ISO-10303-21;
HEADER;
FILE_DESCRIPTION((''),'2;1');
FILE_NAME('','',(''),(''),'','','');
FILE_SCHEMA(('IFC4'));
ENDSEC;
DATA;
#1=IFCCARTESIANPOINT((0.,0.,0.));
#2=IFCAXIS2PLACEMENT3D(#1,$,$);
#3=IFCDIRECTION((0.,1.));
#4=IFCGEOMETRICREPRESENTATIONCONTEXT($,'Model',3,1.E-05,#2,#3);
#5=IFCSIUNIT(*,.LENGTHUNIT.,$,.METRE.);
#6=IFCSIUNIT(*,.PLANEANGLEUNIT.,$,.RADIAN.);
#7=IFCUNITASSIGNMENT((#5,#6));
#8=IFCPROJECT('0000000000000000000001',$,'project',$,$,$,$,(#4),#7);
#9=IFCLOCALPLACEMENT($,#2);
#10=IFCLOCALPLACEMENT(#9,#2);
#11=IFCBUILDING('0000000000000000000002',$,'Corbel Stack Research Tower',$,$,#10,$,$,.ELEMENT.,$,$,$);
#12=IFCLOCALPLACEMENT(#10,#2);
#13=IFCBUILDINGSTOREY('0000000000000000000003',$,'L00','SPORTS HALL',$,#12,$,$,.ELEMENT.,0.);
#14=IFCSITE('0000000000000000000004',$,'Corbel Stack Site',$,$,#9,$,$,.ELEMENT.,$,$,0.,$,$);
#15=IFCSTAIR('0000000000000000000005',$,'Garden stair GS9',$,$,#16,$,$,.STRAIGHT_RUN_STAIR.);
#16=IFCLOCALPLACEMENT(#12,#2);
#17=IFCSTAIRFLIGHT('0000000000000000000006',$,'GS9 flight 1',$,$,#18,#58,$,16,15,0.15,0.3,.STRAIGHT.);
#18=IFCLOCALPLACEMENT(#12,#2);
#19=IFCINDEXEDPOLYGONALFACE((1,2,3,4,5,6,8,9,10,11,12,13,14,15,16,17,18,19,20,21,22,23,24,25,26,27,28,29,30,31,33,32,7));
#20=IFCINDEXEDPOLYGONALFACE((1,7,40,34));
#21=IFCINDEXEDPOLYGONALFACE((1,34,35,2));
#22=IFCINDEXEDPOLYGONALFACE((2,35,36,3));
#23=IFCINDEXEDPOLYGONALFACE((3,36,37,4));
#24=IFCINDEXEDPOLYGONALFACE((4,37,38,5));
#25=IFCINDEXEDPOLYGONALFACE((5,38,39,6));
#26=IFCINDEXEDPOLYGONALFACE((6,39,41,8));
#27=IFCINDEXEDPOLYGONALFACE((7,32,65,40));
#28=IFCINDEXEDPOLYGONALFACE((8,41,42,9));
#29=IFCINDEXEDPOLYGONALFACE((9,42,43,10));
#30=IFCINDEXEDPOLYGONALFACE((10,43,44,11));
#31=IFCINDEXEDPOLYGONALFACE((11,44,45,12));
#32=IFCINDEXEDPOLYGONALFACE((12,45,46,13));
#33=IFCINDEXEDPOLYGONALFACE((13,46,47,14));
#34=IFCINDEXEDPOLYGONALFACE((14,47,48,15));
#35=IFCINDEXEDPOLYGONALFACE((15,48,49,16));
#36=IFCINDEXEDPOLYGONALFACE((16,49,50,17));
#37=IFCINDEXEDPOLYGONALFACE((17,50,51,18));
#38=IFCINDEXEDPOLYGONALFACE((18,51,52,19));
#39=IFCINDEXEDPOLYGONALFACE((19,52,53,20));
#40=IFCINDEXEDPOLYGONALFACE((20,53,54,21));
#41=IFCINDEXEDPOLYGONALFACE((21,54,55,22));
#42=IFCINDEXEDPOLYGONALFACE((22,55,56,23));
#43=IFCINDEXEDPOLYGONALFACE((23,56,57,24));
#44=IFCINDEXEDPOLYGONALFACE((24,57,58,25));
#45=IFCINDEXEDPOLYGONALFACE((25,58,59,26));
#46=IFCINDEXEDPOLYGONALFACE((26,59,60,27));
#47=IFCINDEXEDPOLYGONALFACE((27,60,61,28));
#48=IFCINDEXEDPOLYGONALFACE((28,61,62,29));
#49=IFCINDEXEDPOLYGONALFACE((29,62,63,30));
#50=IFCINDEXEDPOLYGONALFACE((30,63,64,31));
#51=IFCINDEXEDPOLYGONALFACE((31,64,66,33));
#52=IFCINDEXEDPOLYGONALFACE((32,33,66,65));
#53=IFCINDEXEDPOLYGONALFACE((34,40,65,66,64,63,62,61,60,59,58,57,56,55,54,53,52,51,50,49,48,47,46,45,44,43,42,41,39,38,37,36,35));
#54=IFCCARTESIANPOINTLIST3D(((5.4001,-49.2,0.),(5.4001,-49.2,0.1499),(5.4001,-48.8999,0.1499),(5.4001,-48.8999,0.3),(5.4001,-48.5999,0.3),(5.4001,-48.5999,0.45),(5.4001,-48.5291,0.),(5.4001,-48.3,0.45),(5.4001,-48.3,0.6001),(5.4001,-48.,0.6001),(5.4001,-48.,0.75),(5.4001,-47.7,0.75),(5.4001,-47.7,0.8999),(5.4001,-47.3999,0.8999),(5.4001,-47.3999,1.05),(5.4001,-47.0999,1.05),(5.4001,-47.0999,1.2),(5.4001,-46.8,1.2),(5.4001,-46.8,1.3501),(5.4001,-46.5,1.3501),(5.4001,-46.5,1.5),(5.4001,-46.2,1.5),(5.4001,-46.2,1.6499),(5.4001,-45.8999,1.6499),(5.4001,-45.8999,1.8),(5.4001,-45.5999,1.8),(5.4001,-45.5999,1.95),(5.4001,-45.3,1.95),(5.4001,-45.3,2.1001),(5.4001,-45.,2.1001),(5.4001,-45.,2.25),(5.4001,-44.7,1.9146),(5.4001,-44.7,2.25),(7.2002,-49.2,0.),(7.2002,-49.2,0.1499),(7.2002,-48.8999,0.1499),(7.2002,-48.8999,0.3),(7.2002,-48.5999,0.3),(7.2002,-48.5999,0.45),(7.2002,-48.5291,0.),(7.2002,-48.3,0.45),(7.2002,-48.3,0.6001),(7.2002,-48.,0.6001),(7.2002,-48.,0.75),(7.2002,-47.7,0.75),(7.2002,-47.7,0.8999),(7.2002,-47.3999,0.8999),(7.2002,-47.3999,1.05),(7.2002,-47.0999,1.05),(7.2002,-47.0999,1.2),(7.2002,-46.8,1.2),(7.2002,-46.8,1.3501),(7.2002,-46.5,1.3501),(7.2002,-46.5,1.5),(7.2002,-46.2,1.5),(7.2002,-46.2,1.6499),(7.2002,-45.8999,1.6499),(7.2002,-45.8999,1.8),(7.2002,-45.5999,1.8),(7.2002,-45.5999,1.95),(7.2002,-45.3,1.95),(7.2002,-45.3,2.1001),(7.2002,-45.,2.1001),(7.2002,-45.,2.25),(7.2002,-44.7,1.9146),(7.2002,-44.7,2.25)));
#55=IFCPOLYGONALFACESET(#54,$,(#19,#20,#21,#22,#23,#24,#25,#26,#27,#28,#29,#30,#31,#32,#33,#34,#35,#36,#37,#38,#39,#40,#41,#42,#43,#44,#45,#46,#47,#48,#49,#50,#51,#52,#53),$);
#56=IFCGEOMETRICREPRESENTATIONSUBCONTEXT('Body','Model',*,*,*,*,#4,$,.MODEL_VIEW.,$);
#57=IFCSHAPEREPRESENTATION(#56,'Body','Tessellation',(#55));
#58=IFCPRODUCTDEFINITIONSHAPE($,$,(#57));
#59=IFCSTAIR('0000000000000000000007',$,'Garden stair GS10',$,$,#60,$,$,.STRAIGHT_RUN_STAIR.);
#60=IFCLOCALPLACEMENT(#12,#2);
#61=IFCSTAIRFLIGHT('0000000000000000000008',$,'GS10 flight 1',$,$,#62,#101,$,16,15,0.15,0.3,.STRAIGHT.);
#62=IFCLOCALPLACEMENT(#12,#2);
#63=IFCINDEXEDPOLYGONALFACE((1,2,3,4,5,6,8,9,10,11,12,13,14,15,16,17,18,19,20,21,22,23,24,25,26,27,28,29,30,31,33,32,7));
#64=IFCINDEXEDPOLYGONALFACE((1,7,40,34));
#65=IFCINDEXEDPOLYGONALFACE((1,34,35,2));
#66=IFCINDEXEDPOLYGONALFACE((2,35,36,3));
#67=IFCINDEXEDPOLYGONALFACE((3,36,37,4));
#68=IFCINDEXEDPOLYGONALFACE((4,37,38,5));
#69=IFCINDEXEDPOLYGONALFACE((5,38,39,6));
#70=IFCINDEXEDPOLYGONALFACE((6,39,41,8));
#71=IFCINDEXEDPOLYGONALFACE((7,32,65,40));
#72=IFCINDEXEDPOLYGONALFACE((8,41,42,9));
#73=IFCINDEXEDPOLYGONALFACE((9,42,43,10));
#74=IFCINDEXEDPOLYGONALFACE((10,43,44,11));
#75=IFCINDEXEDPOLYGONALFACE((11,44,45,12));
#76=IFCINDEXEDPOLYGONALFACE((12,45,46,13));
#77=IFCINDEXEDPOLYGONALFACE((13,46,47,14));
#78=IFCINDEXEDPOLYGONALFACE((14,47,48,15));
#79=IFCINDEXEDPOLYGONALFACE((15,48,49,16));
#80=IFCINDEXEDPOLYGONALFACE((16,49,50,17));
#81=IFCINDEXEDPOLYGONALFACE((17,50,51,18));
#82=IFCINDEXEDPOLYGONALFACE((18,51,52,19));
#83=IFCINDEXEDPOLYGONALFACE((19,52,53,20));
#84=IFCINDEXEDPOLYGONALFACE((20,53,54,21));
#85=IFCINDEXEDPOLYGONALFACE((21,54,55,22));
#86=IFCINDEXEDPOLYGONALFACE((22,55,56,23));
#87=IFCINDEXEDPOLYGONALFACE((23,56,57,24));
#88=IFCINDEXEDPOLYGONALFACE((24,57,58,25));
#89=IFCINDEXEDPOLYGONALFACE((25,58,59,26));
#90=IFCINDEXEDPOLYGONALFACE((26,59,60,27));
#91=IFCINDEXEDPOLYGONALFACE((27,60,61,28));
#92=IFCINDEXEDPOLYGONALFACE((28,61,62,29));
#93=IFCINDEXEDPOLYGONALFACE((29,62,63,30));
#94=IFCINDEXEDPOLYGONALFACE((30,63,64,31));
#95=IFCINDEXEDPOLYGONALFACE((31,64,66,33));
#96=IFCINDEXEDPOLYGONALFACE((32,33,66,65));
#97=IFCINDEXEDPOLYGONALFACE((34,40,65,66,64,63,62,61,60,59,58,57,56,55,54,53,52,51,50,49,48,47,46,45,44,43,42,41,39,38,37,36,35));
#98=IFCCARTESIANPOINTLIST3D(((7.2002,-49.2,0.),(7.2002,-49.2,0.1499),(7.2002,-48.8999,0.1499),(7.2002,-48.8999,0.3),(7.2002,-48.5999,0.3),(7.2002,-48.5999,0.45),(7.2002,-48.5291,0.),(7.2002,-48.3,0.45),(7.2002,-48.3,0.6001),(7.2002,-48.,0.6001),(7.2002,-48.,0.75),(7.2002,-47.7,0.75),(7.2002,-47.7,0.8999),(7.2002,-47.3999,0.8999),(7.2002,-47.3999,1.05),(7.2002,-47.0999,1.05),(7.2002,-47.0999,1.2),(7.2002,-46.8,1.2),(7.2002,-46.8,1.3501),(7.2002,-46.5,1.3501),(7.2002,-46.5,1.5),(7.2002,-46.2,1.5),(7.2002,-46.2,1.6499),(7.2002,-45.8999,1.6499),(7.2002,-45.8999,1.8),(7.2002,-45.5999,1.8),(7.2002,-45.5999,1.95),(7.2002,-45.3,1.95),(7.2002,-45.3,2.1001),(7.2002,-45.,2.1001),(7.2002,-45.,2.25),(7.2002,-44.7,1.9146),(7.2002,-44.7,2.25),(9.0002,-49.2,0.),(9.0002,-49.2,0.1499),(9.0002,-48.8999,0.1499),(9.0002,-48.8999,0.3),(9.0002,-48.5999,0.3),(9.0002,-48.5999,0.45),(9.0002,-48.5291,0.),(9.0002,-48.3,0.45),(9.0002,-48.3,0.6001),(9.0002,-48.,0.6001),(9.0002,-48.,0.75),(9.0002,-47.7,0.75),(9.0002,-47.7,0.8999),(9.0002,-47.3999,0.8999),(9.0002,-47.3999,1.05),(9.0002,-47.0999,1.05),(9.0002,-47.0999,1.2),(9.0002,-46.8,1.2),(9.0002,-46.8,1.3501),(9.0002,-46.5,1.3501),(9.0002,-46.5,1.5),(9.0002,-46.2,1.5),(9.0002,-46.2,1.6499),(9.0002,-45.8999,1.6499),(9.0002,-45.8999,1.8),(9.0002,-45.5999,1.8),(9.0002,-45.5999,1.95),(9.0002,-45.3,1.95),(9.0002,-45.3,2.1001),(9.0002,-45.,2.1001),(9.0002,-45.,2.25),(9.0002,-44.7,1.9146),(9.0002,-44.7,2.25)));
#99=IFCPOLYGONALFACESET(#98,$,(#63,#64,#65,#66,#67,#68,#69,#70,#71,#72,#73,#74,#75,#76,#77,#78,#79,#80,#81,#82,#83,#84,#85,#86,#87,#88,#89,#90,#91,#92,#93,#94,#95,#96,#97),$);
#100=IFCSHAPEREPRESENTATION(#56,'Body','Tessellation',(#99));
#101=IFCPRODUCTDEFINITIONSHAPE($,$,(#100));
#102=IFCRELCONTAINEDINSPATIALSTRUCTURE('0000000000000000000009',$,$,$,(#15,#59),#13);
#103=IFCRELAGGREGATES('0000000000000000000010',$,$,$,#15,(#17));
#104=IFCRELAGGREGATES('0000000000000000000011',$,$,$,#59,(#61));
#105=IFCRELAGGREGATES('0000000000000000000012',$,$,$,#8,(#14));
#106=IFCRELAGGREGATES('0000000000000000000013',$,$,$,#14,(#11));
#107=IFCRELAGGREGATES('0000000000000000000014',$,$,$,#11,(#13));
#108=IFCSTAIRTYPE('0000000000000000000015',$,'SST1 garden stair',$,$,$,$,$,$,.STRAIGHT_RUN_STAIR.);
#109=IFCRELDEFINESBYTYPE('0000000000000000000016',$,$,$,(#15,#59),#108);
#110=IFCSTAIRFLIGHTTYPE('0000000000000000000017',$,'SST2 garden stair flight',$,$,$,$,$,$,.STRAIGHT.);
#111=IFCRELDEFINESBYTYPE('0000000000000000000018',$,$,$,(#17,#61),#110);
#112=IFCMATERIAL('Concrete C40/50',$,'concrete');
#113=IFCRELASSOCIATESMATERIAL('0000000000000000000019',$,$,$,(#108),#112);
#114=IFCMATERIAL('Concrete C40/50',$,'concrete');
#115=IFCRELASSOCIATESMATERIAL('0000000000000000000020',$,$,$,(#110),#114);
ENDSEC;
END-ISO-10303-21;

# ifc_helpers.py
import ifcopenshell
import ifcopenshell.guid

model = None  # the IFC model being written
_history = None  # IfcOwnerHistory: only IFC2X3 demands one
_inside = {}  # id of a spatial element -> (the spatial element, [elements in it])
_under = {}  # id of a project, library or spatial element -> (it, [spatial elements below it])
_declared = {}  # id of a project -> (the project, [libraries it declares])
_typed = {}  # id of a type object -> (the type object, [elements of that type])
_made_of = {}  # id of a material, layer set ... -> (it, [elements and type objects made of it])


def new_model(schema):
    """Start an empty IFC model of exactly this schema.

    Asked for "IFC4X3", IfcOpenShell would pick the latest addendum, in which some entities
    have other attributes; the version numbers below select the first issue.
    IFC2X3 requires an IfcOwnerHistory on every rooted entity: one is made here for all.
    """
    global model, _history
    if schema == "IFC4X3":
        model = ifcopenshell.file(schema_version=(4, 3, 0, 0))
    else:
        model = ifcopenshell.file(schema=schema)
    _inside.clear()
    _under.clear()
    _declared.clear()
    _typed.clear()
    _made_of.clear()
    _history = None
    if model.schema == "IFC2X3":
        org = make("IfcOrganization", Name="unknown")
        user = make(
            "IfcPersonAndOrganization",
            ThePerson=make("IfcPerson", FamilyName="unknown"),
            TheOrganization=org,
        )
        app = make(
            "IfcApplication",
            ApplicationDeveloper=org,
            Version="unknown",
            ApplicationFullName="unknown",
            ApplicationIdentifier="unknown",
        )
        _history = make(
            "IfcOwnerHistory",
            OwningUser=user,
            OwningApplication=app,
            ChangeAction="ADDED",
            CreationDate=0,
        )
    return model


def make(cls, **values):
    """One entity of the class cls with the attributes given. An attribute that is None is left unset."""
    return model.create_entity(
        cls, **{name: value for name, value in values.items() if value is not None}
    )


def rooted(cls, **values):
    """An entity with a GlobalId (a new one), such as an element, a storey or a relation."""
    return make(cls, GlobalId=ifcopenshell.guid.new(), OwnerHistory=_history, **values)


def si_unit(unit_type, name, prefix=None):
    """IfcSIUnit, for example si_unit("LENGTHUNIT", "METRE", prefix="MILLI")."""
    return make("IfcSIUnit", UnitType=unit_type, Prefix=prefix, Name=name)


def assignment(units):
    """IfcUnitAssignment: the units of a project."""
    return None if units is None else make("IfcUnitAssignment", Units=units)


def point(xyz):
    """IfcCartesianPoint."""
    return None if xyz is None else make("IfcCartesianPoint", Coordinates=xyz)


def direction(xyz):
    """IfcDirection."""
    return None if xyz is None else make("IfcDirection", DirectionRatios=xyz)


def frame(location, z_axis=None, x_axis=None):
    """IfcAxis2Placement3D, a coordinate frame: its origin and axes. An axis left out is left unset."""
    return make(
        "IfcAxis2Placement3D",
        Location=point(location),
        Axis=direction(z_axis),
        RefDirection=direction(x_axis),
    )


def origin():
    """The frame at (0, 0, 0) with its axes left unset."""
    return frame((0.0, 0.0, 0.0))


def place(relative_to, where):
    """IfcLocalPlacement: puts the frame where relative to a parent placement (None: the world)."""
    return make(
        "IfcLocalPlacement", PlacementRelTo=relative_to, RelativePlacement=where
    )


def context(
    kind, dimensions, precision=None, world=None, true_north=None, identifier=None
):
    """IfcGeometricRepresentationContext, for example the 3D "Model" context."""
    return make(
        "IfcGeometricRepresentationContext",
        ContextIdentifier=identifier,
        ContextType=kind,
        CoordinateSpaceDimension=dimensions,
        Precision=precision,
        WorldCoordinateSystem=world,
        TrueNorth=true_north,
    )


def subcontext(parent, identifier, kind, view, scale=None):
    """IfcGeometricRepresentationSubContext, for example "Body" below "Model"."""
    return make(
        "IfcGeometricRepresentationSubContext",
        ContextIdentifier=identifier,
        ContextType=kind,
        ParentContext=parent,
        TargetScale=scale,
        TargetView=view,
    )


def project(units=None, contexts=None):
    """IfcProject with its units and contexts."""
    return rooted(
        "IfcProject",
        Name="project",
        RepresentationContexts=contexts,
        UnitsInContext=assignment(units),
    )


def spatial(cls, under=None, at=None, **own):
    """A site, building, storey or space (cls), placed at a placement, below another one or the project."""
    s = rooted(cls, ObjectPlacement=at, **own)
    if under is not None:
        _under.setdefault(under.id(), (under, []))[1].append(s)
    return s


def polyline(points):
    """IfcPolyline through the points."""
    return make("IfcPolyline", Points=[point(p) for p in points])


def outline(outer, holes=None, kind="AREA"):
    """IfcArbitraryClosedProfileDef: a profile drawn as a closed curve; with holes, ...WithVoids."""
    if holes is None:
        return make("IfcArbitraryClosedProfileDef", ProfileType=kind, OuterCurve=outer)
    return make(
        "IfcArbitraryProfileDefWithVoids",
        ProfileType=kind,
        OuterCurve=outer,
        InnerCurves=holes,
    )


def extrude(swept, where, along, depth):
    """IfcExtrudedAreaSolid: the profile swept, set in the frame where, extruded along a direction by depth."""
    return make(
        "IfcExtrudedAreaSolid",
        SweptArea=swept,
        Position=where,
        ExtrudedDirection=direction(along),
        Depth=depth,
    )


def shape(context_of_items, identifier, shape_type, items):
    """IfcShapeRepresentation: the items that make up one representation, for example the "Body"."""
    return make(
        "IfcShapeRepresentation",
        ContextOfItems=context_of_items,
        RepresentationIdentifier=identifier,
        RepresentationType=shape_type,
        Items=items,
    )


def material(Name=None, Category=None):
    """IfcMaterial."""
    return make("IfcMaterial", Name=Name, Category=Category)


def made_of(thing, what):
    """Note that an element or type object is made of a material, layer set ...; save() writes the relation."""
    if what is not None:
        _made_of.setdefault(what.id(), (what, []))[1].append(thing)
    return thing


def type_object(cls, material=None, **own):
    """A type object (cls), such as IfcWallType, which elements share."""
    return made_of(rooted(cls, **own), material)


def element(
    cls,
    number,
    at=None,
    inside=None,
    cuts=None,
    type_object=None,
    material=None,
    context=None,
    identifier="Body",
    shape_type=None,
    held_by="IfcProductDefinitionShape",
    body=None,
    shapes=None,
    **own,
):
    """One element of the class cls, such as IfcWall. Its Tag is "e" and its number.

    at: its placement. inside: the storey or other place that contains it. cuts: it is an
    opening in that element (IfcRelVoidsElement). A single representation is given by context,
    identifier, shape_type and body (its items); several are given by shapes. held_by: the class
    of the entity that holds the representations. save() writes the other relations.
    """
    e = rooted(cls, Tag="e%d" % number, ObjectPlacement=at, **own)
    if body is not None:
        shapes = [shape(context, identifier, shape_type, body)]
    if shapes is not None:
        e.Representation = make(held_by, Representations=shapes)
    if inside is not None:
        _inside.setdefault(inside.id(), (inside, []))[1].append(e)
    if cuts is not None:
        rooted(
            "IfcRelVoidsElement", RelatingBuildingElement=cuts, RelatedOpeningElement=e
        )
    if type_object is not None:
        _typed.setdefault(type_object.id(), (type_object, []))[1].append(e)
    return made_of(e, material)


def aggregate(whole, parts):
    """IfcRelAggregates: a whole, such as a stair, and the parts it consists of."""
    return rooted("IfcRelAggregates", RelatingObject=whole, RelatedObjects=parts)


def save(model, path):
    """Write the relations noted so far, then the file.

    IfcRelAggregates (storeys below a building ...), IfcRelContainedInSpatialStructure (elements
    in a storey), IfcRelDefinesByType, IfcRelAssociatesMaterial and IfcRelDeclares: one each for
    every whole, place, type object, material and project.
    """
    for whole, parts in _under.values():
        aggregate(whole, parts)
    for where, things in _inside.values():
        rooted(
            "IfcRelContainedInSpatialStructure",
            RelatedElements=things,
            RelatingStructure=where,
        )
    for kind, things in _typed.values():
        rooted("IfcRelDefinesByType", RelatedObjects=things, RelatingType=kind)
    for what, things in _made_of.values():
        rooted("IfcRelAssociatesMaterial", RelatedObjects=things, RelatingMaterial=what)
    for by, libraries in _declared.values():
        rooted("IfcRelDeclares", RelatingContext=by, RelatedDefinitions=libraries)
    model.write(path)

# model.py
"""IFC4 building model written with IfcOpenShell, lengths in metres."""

from ifc_helpers import new_model, si_unit, direction, frame, origin, place, context, subcontext, project, spatial, polyline, outline, extrude, material, type_object, element, aggregate, save


model = new_model("IFC4")

# Units and contexts
model_context = context("Model", 3, precision=1e-05, world=origin(), true_north=direction((0.0, 1.0)))
body_context = subcontext(model_context, "Body", "Model", "MODEL_VIEW")
ifc_project = project(units=[si_unit("LENGTHUNIT", "METRE"), si_unit("PLANEANGLEUNIT", "RADIAN")], contexts=[model_context])

# Site, building, storey
site_placement = place(None, origin())
site = spatial("IfcSite", under=ifc_project, at=site_placement, Name="Corbel Stack Site", CompositionType="ELEMENT", RefElevation=0.0)
building_placement = place(site_placement, origin())
building = spatial("IfcBuilding", under=site, at=building_placement, Name="Corbel Stack Research Tower", CompositionType="ELEMENT")
storey_placement = place(building_placement, origin())
storey = spatial("IfcBuildingStorey", under=building, at=storey_placement, Name="L00", Description="SPORTS HALL", CompositionType="ELEMENT", Elevation=0.0)

# Shared definitions
ifc_material_1 = material(Name="Concrete C40/50", Category="concrete")
stair_type = type_object("IfcStairType", Name="SST1 garden stair", PredefinedType="STRAIGHT_RUN_STAIR", material=ifc_material_1)
ifc_material_2 = material(Name="Concrete C40/50", Category="concrete")
stair_flight_type = type_object("IfcStairFlightType", Name="SST2 garden stair flight", PredefinedType="STRAIGHT", material=ifc_material_2)

# Stairs, stair flights
stair_1_placement = place(storey_placement, origin())
stair_1 = element("IfcStair", 1, at=stair_1_placement, inside=storey, type_object=stair_type, Name="Garden stair GS9", PredefinedType="STRAIGHT_RUN_STAIR")
stair_flight_1_placement = place(storey_placement, frame((6.3, -49.2, 0.0), z_axis=(0.0, 0.0, 1.0), x_axis=(0.0, 1.0, 0.0)))
stair_flight_1 = element("IfcStairFlight", 2, at=stair_flight_1_placement, type_object=stair_flight_type, Name="GS9 flight 1", NumberOfRisers=16, NumberOfTreads=15, PredefinedType="STRAIGHT", RiserHeight=0.15, TreadLength=0.3, context=body_context, shape_type="SweptSolid", body=[
    extrude(outline(polyline([(0.0, 0.0), (0.0, 0.1499), (0.3, 0.1499), (0.3, 0.3), (0.6001, 0.3), (0.6001, 0.45), (0.8999, 0.45), (0.8999, 0.6001), (1.2, 0.6001), (1.2, 0.75), (1.5, 0.75), (1.5, 0.8999), (1.8, 0.8999), (1.8, 1.05), (2.1001, 1.05), (2.1001, 1.2), (2.3999, 1.2), (2.3999, 1.3501), (2.7, 1.3501), (2.7, 1.5), (3.0, 1.5), (3.0, 1.6499), (3.3, 1.6499), (3.3, 1.8), (3.6001, 1.8), (3.6001, 1.95), (3.8999, 1.95), (3.8999, 2.1001), (4.2, 2.1001), (4.2, 2.25), (4.5, 2.25), (4.5, 2.3999), (4.5, 1.9146), (0.6709, 0.0), (0.0, 0.0)])), frame((0.0, 0.8999, 0.0), z_axis=(0.0, -1.0, 0.0), x_axis=(1.0, 0.0, 0.0)), (0.0, 0.0, 1.0), 1.8),
])
aggregate(stair_1, [stair_flight_1])
stair_2_placement = place(storey_placement, origin())
stair_2 = element("IfcStair", 3, at=stair_2_placement, inside=storey, type_object=stair_type, Name="Garden stair GS10", PredefinedType="STRAIGHT_RUN_STAIR")
stair_flight_2_placement = place(storey_placement, frame((8.1001, -49.2, 0.0), z_axis=(0.0, 0.0, 1.0), x_axis=(0.0, 1.0, 0.0)))
stair_flight_2 = element("IfcStairFlight", 4, at=stair_flight_2_placement, type_object=stair_flight_type, Name="GS10 flight 1", NumberOfRisers=16, NumberOfTreads=15, PredefinedType="STRAIGHT", RiserHeight=0.15, TreadLength=0.3, context=body_context, shape_type="SweptSolid", body=[
    extrude(outline(polyline([(0.0, 0.0), (0.0, 0.1499), (0.3, 0.1499), (0.3, 0.3), (0.6001, 0.3), (0.6001, 0.45), (0.8999, 0.45), (0.8999, 0.6001), (1.2, 0.6001), (1.2, 0.75), (1.5, 0.75), (1.5, 0.8999), (1.8, 0.8999), (1.8, 1.05), (2.1001, 1.05), (2.1001, 1.2), (2.3999, 1.2), (2.3999, 1.3501), (2.7, 1.3501), (2.7, 1.5), (3.0, 1.5), (3.0, 1.6499), (3.3, 1.6499), (3.3, 1.8), (3.6001, 1.8), (3.6001, 1.95), (3.8999, 1.95), (3.8999, 2.1001), (4.2, 2.1001), (4.2, 2.25), (4.5, 2.25), (4.5, 2.3999), (4.5, 1.9146), (0.6709, 0.0), (0.0, 0.0)])), frame((0.0, 0.8999, 0.0), z_axis=(0.0, -1.0, 0.0), x_axis=(1.0, 0.0, 0.0)), (0.0, 0.0, 1.0), 1.8),
])
aggregate(stair_2, [stair_flight_2])

save(model, "model.ifc")
